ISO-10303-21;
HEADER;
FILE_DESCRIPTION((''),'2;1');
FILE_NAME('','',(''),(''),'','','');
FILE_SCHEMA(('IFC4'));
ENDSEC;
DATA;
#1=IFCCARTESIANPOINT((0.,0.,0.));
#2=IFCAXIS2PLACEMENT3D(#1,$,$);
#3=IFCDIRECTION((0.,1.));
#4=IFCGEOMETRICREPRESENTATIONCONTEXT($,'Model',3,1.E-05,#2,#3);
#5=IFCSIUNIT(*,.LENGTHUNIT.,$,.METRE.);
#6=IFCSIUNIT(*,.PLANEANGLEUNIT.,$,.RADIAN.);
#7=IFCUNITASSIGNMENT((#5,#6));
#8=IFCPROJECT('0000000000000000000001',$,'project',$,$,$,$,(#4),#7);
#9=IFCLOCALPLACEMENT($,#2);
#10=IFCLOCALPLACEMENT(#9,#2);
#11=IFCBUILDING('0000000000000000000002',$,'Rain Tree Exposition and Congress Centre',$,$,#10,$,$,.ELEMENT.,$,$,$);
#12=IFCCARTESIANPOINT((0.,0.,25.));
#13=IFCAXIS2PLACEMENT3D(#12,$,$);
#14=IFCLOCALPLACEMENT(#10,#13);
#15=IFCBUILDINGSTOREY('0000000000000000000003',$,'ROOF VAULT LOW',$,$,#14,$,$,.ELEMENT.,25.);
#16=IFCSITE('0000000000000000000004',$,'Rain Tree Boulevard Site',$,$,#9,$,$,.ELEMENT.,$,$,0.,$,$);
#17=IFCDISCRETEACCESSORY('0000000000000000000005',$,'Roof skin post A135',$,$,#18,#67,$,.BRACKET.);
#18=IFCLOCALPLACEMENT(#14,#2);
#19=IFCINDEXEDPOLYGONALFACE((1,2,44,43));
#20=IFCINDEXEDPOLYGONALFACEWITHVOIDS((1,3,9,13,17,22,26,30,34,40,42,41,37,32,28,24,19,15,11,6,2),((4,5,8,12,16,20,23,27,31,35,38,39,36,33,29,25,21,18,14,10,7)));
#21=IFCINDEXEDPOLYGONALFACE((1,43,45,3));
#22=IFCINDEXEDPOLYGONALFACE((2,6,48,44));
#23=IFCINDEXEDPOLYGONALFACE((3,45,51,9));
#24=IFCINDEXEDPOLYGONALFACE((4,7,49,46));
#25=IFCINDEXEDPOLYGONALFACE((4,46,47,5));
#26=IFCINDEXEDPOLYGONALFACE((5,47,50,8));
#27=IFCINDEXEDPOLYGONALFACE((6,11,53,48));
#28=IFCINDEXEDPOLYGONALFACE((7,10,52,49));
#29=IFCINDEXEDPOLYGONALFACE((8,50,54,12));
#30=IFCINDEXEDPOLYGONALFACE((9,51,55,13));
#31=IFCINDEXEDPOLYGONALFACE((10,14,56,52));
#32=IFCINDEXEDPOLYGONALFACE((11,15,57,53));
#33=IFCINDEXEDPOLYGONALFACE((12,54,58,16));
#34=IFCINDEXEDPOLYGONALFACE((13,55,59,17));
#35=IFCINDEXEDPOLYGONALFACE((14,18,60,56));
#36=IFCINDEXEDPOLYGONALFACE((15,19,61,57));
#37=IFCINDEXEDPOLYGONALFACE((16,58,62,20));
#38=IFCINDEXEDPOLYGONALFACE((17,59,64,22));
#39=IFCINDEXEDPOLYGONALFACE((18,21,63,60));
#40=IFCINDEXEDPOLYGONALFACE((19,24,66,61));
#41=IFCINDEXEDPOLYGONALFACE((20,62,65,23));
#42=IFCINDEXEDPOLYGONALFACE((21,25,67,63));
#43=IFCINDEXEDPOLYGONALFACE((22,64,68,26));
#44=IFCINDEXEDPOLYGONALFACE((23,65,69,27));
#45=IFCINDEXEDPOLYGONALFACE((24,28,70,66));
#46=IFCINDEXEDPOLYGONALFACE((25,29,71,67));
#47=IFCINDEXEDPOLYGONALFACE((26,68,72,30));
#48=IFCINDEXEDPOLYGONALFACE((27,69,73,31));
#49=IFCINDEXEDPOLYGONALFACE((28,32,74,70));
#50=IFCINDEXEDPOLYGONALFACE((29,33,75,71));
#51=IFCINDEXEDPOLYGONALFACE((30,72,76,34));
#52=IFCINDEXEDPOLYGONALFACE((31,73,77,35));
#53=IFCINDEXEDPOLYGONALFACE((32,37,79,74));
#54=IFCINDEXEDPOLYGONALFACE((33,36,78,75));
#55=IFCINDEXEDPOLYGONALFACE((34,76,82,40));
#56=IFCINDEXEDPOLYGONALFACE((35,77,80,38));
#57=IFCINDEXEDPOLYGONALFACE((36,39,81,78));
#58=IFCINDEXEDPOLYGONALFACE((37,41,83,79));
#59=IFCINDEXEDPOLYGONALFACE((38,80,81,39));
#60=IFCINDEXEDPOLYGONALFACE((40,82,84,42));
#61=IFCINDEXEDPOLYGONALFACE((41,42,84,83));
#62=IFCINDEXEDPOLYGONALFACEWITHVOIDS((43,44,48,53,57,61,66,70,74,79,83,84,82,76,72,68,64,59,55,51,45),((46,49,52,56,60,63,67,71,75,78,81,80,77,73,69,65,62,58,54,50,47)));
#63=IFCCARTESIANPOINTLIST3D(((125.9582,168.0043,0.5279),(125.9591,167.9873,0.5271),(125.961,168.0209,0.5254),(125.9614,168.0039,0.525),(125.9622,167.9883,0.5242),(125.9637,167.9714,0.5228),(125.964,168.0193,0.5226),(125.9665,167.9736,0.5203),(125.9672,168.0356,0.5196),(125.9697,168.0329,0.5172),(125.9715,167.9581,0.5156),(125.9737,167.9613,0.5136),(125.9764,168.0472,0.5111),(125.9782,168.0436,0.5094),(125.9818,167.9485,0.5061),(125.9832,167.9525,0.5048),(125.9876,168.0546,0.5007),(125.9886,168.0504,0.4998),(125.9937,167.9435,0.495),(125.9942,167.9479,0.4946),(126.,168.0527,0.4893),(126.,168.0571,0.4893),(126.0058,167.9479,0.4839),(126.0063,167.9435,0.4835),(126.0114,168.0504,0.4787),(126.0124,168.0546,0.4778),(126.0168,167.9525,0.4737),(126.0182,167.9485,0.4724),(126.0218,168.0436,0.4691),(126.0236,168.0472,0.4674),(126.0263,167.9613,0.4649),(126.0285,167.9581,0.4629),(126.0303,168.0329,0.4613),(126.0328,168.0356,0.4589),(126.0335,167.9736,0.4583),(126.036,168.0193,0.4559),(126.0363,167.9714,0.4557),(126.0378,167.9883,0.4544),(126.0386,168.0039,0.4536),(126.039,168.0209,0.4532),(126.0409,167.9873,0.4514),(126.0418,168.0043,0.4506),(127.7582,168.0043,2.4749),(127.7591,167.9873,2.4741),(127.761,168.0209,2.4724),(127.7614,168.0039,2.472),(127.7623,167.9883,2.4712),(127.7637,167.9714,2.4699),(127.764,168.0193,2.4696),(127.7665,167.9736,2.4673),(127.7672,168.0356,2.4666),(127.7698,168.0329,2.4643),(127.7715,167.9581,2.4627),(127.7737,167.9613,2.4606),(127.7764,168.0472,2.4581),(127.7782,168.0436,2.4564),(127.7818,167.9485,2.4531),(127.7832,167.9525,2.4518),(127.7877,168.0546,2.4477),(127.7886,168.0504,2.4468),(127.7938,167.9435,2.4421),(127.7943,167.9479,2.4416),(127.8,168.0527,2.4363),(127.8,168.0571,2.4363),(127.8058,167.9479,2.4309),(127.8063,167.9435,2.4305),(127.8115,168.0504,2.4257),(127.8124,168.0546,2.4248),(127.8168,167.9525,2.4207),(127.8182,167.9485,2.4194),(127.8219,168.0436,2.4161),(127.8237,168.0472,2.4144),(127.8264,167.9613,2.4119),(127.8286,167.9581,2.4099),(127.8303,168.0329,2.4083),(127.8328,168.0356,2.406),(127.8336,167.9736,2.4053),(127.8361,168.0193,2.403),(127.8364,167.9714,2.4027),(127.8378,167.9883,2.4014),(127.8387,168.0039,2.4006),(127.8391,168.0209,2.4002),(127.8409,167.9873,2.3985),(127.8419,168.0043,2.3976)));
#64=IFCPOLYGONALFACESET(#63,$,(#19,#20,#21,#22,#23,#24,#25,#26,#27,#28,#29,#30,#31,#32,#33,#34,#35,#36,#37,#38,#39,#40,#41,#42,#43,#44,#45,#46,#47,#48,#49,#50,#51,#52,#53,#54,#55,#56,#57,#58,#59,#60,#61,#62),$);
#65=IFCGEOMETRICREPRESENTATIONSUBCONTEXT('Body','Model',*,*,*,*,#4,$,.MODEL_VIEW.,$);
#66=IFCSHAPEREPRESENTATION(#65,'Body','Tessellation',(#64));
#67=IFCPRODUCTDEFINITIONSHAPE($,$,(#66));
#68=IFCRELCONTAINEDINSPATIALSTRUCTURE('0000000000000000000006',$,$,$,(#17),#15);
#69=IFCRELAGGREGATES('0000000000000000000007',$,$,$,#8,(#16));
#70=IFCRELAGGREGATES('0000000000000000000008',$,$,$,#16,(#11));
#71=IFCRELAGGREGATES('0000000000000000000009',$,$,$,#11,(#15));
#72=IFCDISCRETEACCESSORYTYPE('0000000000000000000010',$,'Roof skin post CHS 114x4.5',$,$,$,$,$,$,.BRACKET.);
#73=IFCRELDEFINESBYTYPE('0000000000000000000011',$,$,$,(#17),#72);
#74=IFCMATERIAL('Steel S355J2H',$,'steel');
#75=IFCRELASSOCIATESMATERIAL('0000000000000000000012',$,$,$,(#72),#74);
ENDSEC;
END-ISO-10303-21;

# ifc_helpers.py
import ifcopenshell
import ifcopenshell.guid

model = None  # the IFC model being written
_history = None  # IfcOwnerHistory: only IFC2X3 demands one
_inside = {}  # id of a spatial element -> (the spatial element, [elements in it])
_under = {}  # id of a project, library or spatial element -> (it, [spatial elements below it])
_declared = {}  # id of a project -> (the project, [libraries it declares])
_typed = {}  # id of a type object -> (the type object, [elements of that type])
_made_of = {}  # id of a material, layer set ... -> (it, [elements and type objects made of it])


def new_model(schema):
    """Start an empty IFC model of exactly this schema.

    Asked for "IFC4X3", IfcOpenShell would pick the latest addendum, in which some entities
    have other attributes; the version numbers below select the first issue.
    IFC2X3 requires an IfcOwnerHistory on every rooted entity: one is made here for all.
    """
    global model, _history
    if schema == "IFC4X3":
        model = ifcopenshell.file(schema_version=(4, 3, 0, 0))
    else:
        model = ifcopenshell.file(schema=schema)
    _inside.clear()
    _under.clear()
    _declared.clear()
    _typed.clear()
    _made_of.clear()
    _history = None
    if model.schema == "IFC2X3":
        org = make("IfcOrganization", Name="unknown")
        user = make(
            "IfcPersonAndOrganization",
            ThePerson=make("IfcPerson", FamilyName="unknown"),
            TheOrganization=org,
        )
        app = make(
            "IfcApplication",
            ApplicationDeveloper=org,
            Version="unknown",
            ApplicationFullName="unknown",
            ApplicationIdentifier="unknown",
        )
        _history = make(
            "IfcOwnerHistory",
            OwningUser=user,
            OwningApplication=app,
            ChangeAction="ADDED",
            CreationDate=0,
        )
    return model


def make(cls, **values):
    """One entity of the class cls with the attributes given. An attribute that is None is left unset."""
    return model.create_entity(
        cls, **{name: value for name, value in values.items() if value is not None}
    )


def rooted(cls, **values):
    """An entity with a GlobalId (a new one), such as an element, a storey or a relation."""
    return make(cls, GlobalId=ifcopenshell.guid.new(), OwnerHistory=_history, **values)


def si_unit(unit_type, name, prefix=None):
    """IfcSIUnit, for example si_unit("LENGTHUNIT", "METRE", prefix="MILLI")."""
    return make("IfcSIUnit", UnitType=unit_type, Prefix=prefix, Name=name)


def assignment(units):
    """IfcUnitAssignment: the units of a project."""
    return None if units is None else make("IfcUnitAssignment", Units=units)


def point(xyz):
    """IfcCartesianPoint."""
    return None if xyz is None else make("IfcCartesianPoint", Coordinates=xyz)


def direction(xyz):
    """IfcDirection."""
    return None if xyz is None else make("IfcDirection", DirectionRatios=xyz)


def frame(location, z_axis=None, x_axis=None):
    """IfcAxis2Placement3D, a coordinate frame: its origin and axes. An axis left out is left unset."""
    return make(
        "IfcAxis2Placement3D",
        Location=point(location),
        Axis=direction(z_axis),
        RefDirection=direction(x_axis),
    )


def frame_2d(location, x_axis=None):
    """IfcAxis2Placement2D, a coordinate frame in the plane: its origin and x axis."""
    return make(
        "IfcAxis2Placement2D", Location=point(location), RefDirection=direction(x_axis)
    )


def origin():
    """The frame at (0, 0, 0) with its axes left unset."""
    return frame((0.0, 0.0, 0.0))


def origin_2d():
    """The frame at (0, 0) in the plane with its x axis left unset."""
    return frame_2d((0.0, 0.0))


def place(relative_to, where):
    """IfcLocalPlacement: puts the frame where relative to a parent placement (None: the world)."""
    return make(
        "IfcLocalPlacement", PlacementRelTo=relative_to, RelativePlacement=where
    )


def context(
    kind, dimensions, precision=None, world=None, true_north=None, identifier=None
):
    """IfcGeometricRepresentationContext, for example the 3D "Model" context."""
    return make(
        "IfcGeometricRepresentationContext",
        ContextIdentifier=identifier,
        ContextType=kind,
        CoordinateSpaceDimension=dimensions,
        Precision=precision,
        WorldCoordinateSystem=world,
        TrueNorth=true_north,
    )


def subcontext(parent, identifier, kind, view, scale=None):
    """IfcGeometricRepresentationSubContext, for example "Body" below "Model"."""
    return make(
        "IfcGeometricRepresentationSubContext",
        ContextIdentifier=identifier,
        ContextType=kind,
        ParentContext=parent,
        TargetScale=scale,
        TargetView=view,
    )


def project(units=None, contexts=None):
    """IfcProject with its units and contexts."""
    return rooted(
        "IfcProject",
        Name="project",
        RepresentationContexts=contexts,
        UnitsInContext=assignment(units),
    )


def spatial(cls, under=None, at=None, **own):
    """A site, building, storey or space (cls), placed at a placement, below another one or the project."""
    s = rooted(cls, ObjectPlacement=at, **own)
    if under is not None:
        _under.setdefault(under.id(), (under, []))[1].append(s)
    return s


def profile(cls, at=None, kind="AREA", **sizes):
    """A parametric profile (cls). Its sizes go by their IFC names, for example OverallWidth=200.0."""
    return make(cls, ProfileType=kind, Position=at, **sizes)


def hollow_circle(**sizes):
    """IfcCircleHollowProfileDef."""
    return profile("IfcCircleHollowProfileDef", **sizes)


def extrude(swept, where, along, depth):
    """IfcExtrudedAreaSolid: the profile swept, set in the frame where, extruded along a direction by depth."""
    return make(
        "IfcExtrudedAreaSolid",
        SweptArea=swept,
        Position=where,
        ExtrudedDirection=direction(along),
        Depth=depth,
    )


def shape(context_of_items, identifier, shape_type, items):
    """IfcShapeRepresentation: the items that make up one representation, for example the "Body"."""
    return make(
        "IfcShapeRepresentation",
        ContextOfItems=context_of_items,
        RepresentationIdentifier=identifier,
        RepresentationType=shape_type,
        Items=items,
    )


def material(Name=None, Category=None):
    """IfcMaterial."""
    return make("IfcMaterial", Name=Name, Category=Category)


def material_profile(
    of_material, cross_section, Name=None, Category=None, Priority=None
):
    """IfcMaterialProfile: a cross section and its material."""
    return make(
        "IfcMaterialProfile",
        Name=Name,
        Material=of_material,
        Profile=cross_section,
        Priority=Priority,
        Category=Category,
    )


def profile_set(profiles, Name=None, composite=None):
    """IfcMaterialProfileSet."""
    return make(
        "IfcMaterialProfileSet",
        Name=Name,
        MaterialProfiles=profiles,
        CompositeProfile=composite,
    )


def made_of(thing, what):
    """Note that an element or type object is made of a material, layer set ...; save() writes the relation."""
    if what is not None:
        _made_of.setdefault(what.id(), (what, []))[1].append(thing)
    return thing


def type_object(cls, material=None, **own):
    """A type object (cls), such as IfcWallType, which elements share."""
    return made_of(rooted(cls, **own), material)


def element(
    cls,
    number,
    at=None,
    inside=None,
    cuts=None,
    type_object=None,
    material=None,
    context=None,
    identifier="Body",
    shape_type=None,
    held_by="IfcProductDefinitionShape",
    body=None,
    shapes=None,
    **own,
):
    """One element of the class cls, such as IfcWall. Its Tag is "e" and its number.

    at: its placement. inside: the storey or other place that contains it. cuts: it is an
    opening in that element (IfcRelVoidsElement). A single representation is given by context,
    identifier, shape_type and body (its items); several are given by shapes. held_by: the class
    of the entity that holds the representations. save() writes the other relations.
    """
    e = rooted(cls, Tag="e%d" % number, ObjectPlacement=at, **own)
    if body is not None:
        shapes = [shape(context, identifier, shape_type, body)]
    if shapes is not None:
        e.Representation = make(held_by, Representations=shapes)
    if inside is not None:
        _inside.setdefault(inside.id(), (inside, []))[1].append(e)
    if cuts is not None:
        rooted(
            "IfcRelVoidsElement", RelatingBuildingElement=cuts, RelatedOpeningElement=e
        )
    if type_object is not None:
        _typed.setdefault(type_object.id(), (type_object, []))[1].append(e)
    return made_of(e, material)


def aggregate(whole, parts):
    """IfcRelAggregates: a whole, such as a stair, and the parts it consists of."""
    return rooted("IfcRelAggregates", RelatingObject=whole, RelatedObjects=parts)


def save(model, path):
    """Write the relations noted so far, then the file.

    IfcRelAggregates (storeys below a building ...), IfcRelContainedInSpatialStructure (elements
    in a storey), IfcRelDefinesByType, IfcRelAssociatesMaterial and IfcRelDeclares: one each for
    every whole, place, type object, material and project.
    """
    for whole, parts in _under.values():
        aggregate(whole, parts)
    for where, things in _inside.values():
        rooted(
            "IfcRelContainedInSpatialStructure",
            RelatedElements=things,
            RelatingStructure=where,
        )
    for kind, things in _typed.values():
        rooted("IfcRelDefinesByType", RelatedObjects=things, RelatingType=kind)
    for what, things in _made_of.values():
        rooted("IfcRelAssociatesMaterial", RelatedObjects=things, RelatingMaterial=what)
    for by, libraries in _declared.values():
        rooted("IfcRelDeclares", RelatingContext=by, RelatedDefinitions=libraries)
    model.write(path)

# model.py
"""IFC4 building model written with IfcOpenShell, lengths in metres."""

from ifc_helpers import new_model, si_unit, direction, frame, origin, origin_2d, place, context, subcontext, project, spatial, hollow_circle, extrude, material, material_profile, profile_set, type_object, element, save


model = new_model("IFC4")

# Units and contexts
model_context = context("Model", 3, precision=1e-05, world=origin(), true_north=direction((0.0, 1.0)))
body_context = subcontext(model_context, "Body", "Model", "MODEL_VIEW")
ifc_project = project(units=[si_unit("LENGTHUNIT", "METRE"), si_unit("PLANEANGLEUNIT", "RADIAN")], contexts=[model_context])

# Site, building, storey
site_placement = place(None, origin())
site = spatial("IfcSite", under=ifc_project, at=site_placement, Name="Rain Tree Boulevard Site", CompositionType="ELEMENT", RefElevation=0.0)
building_placement = place(site_placement, origin())
building = spatial("IfcBuilding", under=site, at=building_placement, Name="Rain Tree Exposition and Congress Centre", CompositionType="ELEMENT")
storey_placement = place(building_placement, frame((0.0, 0.0, 25.0)))
storey = spatial("IfcBuildingStorey", under=building, at=storey_placement, Name="ROOF VAULT LOW", CompositionType="ELEMENT", Elevation=25.0)

# Discrete accessory
ifc_material_1 = material(Name="Steel S355J2H", Category="steel")
ifc_material_profile_1 = material_profile(ifc_material_1, hollow_circle(Radius=0.0571, WallThickness=0.0044, at=origin_2d()), Name="CHS 114x4.5")
ifc_profile_set_1 = profile_set([ifc_material_profile_1], Name="Steel S355J2H")
discrete_accessory_type = type_object("IfcDiscreteAccessoryType", Name="Roof skin post CHS 114x4.5", PredefinedType="BRACKET", material=ifc_profile_set_1)
discrete_accessory_1_placement = place(storey_placement, frame((126.0, 168.0, 0.4893), z_axis=(0.67885, 0.0, 0.734277), x_axis=(0.0, 1.0, 0.0)))
element("IfcDiscreteAccessory", 1, at=discrete_accessory_1_placement, inside=storey, type_object=discrete_accessory_type, Name="Roof skin post A135", PredefinedType="BRACKET", context=body_context, shape_type="SweptSolid", body=[
    extrude(hollow_circle(Radius=0.0571, WallThickness=0.0044, at=origin_2d()), origin(), (0.0, 0.0, 1.0), 2.6516),
])

save(model, "model.ifc")
